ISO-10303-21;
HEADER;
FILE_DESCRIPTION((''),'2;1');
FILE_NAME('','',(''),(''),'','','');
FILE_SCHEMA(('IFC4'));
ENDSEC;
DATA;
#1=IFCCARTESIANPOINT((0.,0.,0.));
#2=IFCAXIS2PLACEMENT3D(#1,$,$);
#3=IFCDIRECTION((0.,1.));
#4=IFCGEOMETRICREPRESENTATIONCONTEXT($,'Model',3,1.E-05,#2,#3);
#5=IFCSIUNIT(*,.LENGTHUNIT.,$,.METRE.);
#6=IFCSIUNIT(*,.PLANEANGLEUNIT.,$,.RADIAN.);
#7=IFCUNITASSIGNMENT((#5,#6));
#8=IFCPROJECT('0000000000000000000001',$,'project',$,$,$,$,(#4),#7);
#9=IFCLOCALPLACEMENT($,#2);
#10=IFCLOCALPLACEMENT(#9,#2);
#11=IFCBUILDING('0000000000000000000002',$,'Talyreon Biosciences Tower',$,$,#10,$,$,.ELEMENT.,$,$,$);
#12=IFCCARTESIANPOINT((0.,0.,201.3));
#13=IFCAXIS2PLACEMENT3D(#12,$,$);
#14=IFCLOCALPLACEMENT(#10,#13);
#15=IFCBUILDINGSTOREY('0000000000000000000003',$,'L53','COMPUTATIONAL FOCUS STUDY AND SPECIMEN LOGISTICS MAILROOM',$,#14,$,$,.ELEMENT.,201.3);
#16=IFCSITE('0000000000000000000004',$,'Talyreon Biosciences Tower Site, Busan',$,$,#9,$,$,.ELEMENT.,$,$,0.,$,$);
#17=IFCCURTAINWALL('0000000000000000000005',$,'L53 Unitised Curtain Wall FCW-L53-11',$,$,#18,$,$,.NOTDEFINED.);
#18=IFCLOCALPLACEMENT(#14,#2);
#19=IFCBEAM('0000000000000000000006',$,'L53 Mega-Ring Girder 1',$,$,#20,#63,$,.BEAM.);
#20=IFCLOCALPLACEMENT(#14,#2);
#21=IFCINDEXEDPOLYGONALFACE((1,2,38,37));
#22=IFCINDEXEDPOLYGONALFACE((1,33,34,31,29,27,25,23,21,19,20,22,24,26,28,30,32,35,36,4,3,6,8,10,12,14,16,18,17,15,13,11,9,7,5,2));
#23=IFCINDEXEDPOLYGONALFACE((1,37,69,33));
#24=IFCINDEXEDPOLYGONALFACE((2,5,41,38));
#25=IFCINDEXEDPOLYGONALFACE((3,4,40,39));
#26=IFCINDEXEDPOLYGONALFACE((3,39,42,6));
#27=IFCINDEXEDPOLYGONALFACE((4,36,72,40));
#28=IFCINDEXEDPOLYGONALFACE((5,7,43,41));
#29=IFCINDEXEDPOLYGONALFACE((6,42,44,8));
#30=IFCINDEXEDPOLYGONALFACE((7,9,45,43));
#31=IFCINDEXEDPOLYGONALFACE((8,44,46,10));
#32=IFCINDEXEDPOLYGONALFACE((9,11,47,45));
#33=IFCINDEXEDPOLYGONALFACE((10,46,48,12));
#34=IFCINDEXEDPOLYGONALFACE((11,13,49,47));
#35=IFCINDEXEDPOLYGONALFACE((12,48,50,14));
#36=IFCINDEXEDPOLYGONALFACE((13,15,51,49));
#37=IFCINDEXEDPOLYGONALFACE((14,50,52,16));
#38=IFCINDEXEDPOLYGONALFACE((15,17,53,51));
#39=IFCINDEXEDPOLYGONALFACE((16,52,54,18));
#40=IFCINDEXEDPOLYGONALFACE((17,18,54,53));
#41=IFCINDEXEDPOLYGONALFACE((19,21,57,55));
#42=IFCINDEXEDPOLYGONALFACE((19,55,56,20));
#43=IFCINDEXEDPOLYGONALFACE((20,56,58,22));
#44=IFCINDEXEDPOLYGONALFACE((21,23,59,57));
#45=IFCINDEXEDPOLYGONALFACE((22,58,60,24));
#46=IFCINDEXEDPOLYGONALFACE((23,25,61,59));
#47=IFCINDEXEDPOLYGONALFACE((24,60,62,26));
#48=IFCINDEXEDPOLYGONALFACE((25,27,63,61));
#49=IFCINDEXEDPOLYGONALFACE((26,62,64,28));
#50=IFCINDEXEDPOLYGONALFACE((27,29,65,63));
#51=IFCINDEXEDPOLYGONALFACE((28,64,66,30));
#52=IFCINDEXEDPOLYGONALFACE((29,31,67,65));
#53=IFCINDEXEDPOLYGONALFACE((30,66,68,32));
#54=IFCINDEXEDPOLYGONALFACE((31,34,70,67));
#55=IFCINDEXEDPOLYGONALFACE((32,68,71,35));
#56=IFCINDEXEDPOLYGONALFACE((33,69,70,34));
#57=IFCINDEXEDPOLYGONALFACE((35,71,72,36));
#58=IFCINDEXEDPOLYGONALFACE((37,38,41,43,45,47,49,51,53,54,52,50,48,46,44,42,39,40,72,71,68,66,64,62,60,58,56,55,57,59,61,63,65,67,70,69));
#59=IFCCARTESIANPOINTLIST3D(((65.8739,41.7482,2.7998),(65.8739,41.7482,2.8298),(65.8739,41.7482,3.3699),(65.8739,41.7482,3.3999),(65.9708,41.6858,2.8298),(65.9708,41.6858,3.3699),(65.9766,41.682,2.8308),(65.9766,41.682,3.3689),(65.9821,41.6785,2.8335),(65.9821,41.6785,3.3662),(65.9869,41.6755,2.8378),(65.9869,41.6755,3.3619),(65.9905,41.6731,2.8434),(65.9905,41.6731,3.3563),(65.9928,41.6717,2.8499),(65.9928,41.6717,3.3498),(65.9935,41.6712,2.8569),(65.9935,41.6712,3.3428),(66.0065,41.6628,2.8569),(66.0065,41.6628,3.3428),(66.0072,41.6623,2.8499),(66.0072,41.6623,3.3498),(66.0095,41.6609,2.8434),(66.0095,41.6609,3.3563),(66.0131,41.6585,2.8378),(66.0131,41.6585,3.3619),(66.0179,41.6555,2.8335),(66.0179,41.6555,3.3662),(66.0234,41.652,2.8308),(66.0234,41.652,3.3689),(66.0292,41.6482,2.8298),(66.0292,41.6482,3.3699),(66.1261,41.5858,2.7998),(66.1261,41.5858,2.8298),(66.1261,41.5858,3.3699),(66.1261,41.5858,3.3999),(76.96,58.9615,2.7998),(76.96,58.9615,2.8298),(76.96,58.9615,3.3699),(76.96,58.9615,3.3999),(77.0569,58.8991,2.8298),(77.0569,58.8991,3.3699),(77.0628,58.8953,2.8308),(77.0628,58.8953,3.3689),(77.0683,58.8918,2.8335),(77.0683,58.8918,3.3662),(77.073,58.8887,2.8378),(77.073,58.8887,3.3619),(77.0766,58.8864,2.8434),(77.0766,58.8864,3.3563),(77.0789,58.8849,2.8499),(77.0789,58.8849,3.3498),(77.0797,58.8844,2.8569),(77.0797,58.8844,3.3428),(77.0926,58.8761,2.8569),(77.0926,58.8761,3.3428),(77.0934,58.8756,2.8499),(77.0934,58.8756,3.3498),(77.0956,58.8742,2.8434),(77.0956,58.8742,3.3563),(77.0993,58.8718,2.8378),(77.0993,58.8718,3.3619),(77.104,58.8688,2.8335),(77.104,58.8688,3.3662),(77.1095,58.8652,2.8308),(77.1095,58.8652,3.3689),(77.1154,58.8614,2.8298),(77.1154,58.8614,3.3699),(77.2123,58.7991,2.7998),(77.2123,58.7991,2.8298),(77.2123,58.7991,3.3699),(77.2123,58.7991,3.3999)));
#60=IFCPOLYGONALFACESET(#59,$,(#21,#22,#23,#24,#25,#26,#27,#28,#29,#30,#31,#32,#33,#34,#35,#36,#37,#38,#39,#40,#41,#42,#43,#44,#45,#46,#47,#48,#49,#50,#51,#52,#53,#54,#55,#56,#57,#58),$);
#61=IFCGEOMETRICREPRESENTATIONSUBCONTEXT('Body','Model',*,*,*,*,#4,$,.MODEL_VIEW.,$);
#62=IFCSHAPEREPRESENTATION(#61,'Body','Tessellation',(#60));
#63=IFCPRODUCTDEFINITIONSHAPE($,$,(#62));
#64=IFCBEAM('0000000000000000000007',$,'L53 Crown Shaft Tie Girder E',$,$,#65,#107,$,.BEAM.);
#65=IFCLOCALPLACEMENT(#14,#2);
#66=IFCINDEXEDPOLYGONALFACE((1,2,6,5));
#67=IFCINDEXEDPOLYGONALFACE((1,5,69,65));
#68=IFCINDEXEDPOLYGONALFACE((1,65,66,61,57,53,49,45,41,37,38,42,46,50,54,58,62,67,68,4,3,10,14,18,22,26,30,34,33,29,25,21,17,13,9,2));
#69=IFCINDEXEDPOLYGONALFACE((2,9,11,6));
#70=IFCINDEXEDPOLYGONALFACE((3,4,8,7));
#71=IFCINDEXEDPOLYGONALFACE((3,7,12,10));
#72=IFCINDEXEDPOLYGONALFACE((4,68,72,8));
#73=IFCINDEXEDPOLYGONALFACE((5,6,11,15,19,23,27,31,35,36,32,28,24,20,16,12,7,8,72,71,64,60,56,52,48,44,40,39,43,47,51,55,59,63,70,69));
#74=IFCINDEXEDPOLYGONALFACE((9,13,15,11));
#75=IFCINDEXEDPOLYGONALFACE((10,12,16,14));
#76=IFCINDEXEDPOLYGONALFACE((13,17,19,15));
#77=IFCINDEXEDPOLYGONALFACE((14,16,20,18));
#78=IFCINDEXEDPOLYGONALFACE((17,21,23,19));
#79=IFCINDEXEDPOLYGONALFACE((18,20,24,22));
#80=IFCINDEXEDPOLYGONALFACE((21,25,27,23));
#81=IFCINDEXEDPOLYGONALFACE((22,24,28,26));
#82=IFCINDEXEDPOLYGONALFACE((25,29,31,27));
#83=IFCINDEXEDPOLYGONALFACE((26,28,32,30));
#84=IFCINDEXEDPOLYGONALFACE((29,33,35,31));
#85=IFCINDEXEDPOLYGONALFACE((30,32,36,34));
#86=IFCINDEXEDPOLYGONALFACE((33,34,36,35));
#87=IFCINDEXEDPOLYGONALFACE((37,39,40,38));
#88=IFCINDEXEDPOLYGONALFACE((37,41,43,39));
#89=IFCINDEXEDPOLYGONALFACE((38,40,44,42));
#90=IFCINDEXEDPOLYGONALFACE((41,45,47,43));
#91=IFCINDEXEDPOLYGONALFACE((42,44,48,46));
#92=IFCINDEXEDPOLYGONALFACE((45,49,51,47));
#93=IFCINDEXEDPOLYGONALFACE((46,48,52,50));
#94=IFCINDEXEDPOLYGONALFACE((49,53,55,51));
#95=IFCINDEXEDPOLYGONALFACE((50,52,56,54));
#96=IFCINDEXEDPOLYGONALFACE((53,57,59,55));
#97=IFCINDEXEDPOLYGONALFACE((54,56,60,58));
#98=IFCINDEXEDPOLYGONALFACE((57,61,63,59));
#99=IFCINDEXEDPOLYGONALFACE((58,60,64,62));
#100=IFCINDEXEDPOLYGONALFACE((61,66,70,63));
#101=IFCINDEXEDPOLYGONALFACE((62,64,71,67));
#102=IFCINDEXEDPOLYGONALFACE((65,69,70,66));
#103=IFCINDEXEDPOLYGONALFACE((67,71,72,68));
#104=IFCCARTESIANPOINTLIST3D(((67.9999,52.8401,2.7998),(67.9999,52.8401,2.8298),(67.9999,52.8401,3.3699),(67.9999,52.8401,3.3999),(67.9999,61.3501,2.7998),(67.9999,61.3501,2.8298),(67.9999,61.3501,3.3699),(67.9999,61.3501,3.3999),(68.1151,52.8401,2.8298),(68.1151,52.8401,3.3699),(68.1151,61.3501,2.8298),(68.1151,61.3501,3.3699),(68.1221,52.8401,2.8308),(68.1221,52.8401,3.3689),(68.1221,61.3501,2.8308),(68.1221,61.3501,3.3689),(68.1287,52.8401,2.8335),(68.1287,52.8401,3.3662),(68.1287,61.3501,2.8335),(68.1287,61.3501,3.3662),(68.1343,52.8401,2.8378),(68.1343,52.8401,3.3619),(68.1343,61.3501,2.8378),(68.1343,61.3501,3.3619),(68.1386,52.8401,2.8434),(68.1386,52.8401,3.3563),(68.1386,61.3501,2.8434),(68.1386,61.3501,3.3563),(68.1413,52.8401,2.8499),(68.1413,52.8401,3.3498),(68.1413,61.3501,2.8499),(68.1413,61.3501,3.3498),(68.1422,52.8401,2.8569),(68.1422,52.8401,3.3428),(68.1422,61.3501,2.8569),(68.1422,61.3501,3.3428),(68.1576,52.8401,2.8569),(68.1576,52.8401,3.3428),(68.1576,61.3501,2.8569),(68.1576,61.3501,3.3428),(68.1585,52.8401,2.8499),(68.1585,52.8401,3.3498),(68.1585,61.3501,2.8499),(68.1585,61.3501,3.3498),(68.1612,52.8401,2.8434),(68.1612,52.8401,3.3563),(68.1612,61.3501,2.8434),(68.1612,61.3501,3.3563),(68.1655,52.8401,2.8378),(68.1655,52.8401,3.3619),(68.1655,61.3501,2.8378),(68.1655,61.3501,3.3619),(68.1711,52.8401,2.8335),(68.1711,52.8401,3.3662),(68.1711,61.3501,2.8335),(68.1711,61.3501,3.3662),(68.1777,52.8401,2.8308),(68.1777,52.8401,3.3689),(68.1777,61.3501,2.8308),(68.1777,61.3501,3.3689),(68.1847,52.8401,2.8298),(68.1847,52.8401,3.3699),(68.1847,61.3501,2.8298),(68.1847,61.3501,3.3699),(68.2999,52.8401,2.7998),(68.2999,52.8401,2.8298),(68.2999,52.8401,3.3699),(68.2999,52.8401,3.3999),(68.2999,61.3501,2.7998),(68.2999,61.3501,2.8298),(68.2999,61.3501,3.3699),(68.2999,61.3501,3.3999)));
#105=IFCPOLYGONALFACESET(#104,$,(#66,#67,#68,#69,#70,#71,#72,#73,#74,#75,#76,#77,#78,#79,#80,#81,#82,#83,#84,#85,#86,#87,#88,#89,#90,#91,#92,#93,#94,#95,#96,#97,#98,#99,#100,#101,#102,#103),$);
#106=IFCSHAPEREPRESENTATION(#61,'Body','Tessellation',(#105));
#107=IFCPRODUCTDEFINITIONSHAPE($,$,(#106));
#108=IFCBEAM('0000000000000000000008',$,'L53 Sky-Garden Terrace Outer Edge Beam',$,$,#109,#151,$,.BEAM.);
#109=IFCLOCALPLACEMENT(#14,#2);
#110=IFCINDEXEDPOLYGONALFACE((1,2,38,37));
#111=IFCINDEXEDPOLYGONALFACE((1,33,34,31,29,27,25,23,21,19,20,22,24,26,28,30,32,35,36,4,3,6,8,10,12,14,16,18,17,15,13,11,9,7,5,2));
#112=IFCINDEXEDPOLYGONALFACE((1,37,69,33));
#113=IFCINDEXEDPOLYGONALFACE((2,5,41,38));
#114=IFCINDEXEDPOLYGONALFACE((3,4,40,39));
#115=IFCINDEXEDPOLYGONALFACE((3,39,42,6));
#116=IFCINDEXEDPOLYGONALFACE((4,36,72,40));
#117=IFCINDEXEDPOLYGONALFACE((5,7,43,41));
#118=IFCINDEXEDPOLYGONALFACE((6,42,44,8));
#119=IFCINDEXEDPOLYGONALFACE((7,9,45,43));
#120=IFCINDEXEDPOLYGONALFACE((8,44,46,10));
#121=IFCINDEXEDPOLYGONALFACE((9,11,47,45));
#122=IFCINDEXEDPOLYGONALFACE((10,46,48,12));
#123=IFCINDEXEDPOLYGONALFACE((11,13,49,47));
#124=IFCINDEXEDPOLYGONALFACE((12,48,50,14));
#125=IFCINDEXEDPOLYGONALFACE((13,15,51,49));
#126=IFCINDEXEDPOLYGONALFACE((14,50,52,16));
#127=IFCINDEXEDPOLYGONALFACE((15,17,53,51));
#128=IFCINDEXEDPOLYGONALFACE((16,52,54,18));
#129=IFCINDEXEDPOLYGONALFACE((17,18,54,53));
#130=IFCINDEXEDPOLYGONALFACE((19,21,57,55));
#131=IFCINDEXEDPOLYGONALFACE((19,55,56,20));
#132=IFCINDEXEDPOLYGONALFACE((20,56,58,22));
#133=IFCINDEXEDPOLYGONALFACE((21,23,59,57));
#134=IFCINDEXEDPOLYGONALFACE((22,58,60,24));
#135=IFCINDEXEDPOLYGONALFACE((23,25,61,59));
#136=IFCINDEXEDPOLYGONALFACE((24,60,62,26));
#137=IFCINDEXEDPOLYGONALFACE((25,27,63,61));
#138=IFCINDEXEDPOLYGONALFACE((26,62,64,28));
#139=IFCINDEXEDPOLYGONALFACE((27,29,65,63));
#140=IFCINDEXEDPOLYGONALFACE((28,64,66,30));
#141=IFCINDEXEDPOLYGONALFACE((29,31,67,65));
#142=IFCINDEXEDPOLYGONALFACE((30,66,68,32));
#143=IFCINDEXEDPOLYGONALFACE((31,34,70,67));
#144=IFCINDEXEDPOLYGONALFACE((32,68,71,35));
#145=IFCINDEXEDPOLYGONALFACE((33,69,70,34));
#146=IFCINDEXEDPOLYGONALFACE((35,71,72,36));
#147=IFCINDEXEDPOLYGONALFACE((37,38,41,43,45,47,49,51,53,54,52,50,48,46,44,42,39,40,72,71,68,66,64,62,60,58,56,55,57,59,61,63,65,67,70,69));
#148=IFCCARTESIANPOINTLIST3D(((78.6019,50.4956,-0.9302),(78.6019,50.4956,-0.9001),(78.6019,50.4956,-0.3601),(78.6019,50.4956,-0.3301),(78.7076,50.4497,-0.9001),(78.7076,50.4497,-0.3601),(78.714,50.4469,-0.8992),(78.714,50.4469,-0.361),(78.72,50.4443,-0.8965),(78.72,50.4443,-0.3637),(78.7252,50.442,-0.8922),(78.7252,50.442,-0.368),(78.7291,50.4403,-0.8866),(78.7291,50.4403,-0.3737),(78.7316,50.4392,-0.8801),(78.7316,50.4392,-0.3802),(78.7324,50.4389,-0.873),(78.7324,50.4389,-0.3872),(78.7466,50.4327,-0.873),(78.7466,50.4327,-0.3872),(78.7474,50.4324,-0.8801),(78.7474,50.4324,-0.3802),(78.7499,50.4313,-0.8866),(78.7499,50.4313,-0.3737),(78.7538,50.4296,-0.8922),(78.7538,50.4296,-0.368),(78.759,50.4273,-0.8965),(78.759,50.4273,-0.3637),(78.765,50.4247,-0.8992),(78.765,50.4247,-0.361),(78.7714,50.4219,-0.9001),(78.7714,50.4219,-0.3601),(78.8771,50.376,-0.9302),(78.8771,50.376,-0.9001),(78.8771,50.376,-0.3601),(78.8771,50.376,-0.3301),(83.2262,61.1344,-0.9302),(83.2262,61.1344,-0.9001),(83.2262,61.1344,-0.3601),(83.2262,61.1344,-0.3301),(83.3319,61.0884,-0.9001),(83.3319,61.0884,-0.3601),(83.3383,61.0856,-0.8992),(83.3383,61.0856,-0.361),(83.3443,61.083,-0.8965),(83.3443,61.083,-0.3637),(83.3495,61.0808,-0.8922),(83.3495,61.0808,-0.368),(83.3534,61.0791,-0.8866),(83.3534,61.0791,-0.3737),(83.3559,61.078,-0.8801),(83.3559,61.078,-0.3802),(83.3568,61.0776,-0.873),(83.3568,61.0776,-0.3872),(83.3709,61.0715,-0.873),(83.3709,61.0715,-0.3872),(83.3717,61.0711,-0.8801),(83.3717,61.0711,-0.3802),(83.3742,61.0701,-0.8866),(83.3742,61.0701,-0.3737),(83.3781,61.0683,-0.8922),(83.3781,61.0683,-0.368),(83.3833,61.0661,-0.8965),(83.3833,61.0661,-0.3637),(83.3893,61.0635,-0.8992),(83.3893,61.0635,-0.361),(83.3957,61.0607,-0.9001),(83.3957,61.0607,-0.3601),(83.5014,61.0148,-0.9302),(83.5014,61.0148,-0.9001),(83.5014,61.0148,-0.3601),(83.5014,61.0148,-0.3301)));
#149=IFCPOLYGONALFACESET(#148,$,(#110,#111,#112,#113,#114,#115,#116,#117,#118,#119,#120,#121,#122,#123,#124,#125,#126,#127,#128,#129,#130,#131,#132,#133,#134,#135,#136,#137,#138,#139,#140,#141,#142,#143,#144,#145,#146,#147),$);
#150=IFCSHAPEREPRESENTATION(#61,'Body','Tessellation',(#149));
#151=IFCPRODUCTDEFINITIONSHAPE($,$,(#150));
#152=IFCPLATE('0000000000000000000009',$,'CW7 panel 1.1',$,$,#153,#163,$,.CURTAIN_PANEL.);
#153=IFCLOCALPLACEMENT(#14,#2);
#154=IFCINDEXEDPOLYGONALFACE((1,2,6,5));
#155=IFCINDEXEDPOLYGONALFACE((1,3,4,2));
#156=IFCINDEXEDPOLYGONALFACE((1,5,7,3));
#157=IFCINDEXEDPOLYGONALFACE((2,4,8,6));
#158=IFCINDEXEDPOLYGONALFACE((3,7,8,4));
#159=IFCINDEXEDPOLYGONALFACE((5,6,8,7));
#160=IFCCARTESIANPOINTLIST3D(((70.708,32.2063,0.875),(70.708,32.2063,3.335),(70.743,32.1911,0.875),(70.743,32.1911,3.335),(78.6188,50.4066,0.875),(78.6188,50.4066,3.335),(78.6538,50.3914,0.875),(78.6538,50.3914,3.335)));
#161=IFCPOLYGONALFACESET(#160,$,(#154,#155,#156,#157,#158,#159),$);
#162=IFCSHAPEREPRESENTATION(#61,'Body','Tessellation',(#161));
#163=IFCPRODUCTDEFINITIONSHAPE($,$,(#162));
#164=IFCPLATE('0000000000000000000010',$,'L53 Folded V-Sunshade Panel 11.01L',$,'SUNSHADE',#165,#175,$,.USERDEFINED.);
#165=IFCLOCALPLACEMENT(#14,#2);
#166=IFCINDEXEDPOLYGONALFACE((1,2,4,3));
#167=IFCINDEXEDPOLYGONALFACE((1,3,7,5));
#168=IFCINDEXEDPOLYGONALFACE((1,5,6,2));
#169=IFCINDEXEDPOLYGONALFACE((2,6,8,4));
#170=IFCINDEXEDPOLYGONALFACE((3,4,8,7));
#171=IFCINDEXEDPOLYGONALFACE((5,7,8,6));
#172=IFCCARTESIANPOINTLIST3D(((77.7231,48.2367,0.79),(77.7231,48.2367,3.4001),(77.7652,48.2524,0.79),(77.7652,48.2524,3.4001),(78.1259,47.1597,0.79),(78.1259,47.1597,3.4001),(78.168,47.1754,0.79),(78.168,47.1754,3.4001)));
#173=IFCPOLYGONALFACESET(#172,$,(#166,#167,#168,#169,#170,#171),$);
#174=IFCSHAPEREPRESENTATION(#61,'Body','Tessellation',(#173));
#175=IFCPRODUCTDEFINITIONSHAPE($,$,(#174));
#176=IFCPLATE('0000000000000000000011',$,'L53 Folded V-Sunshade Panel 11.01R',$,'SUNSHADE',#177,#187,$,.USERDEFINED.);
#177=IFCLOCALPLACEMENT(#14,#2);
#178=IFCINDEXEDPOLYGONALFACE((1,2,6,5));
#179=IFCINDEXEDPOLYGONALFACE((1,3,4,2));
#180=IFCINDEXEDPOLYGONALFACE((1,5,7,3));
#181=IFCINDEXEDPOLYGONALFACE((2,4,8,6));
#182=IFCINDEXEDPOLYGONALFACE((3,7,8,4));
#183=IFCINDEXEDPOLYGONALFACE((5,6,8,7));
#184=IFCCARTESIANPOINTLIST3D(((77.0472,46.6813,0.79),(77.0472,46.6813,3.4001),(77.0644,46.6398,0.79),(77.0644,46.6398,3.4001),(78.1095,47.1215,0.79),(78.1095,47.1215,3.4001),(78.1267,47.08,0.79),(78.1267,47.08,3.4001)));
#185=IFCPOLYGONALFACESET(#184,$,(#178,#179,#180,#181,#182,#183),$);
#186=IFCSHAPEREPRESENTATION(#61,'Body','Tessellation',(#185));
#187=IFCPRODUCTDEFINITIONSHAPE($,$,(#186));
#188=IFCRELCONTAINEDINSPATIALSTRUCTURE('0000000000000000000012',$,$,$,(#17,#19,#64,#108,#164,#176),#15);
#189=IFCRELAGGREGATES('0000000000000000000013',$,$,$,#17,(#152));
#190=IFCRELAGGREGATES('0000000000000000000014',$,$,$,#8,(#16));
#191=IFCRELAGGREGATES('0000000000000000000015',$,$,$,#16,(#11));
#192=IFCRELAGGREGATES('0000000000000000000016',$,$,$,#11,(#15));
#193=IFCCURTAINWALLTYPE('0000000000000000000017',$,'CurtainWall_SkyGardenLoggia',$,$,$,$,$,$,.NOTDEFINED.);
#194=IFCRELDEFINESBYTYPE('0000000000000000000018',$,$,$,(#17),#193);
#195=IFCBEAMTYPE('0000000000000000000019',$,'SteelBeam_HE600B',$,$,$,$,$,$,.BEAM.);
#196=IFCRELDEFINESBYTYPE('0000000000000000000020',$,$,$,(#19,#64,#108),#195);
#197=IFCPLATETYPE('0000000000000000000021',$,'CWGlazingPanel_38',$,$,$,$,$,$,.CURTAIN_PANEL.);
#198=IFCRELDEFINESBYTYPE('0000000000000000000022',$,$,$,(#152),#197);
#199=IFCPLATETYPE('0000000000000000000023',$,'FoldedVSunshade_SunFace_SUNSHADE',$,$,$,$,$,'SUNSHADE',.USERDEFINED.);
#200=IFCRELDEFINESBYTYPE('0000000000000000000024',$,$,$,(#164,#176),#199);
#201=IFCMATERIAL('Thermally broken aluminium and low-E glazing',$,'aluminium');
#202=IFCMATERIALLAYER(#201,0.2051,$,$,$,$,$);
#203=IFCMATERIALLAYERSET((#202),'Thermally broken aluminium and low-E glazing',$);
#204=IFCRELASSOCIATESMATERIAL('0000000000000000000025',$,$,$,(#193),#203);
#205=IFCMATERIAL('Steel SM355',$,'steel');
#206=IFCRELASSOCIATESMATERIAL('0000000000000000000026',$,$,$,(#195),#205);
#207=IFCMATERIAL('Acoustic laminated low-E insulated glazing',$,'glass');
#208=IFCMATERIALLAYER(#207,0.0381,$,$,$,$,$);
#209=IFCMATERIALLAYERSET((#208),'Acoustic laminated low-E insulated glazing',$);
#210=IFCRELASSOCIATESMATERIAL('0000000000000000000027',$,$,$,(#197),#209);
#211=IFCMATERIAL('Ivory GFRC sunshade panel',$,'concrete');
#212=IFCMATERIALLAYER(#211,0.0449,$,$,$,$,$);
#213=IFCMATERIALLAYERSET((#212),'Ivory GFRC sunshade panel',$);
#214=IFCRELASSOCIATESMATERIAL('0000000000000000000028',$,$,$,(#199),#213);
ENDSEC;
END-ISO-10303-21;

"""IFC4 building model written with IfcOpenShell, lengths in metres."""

from ifc_helpers import new_model, si_unit, direction, frame, origin, origin_2d, place, context, subcontext, project, spatial, rectangle, i_section, extrude, material, layer, layer_set, material_profile, profile_set, type_object, element, aggregate, save


model = new_model("IFC4")

# Units and contexts
model_context = context("Model", 3, precision=1e-05, world=origin(), true_north=direction((0.0, 1.0)))
body_context = subcontext(model_context, "Body", "Model", "MODEL_VIEW")
ifc_project = project(units=[si_unit("LENGTHUNIT", "METRE"), si_unit("PLANEANGLEUNIT", "RADIAN")], contexts=[model_context])

# Site, building, storey
site_placement = place(None, origin())
site = spatial("IfcSite", under=ifc_project, at=site_placement, Name="Talyreon Biosciences Tower Site, Busan", CompositionType="ELEMENT", RefElevation=0.0)
building_placement = place(site_placement, origin())
building = spatial("IfcBuilding", under=site, at=building_placement, Name="Talyreon Biosciences Tower", CompositionType="ELEMENT")
storey_placement = place(building_placement, frame((0.0, 0.0, 201.3)))
storey = spatial("IfcBuildingStorey", under=building, at=storey_placement, Name="L53", Description="COMPUTATIONAL FOCUS STUDY AND SPECIMEN LOGISTICS MAILROOM", CompositionType="ELEMENT", Elevation=201.3)

# Curtain wall
ifc_material_1 = material(Name="Thermally broken aluminium and low-E glazing", Category="aluminium")
ifc_layer_1 = layer(ifc_material_1, 0.2051)
ifc_layer_set_1 = layer_set([ifc_layer_1], Name="Thermally broken aluminium and low-E glazing")
curtain_wall_type = type_object("IfcCurtainWallType", Name="CurtainWall_SkyGardenLoggia", PredefinedType="NOTDEFINED", material=ifc_layer_set_1)
curtain_wall_placement = place(storey_placement, origin())
curtain_wall = element("IfcCurtainWall", 1, at=curtain_wall_placement, inside=storey, type_object=curtain_wall_type, Name="L53 Unitised Curtain Wall FCW-L53-11", PredefinedType="NOTDEFINED")

# Beams
ifc_material_2 = material(Name="Steel SM355", Category="steel")
ifc_material_profile_1 = material_profile(ifc_material_2, i_section(OverallWidth=0.3, OverallDepth=0.6001, WebThickness=0.0154, FlangeThickness=0.03, FilletRadius=0.0271, at=origin_2d()), Name="HE600B")
ifc_profile_set_1 = profile_set([ifc_material_profile_1], Name="Steel SM355")
beam_type_1 = type_object("IfcBeamType", Name="SteelBeam_HE600B", PredefinedType="BEAM", material=ifc_profile_set_1)
beam_1_placement = place(storey_placement, frame((66.0, 41.667, 3.0999), z_axis=(0.541464, 0.840724, 0.0), x_axis=(-0.840724, 0.541464, 0.0)))
element("IfcBeam", 2, at=beam_1_placement, inside=storey, type_object=beam_type_1, Name="L53 Mega-Ring Girder 1", PredefinedType="BEAM", context=body_context, shape_type="SweptSolid", body=[
    extrude(i_section(OverallWidth=0.3, OverallDepth=0.6001, WebThickness=0.0154, FlangeThickness=0.03, FilletRadius=0.0271, at=origin_2d()), origin(), (0.0, 0.0, 1.0), 20.4744),
])
beam_2_placement = place(storey_placement, frame((68.1499, 52.8401, 3.0999), z_axis=(0.0, 1.0, 0.0), x_axis=(-1.0, 0.0, 0.0)))
element("IfcBeam", 3, at=beam_2_placement, inside=storey, type_object=beam_type_1, Name="L53 Crown Shaft Tie Girder E", PredefinedType="BEAM", context=body_context, shape_type="SweptSolid", body=[
    extrude(i_section(OverallWidth=0.3, OverallDepth=0.6001, WebThickness=0.0154, FlangeThickness=0.03, FilletRadius=0.0271, at=origin_2d()), origin(), (0.0, 0.0, 1.0), 8.51),
])
beam_3_placement = place(storey_placement, frame((78.7395, 50.4358, -0.6301), z_axis=(0.398636, 0.917109, 0.0), x_axis=(-0.917109, 0.398636, 0.0)))
element("IfcBeam", 4, at=beam_3_placement, inside=storey, type_object=beam_type_1, Name="L53 Sky-Garden Terrace Outer Edge Beam", PredefinedType="BEAM", context=body_context, shape_type="SweptSolid", body=[
    extrude(i_section(OverallWidth=0.3, OverallDepth=0.6001, WebThickness=0.0154, FlangeThickness=0.03, FilletRadius=0.0271, at=origin_2d()), origin(), (0.0, 0.0, 1.0), 11.6003),
])

# Plate
ifc_material_3 = material(Name="Acoustic laminated low-E insulated glazing", Category="glass")
ifc_layer_2 = layer(ifc_material_3, 0.0381)
ifc_layer_set_2 = layer_set([ifc_layer_2], Name="Acoustic laminated low-E insulated glazing")
plate_type_1 = type_object("IfcPlateType", Name="CWGlazingPanel_38", PredefinedType="CURTAIN_PANEL", material=ifc_layer_set_2)
plate_1_placement = place(storey_placement, frame((74.6809, 41.2988, 0.875), z_axis=(0.0, 0.0, 1.0), x_axis=(-0.398625, -0.917114, 0.0)))
plate_1 = element("IfcPlate", 5, at=plate_1_placement, type_object=plate_type_1, Name="CW7 panel 1.1", PredefinedType="CURTAIN_PANEL", context=body_context, shape_type="SweptSolid", body=[
    extrude(rectangle(XDim=19.8452, YDim=0.0381, at=origin_2d()), origin(), (0.0, 0.0, 1.0), 2.46),
])
aggregate(curtain_wall, [plate_1])

# Plates
ifc_material_4 = material(Name="Ivory GFRC sunshade panel", Category="concrete")
ifc_layer_3 = layer(ifc_material_4, 0.0449)
ifc_layer_set_3 = layer_set([ifc_layer_3], Name="Ivory GFRC sunshade panel")
plate_type_2 = type_object("IfcPlateType", Name="FoldedVSunshade_SunFace_SUNSHADE", ElementType="SUNSHADE", PredefinedType="USERDEFINED", material=ifc_layer_set_3)
for number, where, z_axis, x_axis, name in (
    (6, (77.9456, 47.7061, 0.79), (0.0, 0.0, 1.0), (0.350338, -0.936623, 0.0), "L53 Folded V-Sunshade Panel 11.01L"),
    (7, (77.5869, 46.8806, 0.79), (0.0, 0.0, 1.0), (-0.923826, -0.382812, 0.0), "L53 Folded V-Sunshade Panel 11.01R"),
):
    element("IfcPlate", number, at=place(storey_placement, frame(where, z_axis=z_axis, x_axis=x_axis)), inside=storey, type_object=plate_type_2, Name=name, ObjectType="SUNSHADE", PredefinedType="USERDEFINED", context=body_context, shape_type="SweptSolid", body=[
        extrude(rectangle(XDim=1.1499, YDim=0.0449, at=origin_2d()), origin(), (0.0, 0.0, 1.0), 2.6101),
    ])

save(model, "model.ifc")
